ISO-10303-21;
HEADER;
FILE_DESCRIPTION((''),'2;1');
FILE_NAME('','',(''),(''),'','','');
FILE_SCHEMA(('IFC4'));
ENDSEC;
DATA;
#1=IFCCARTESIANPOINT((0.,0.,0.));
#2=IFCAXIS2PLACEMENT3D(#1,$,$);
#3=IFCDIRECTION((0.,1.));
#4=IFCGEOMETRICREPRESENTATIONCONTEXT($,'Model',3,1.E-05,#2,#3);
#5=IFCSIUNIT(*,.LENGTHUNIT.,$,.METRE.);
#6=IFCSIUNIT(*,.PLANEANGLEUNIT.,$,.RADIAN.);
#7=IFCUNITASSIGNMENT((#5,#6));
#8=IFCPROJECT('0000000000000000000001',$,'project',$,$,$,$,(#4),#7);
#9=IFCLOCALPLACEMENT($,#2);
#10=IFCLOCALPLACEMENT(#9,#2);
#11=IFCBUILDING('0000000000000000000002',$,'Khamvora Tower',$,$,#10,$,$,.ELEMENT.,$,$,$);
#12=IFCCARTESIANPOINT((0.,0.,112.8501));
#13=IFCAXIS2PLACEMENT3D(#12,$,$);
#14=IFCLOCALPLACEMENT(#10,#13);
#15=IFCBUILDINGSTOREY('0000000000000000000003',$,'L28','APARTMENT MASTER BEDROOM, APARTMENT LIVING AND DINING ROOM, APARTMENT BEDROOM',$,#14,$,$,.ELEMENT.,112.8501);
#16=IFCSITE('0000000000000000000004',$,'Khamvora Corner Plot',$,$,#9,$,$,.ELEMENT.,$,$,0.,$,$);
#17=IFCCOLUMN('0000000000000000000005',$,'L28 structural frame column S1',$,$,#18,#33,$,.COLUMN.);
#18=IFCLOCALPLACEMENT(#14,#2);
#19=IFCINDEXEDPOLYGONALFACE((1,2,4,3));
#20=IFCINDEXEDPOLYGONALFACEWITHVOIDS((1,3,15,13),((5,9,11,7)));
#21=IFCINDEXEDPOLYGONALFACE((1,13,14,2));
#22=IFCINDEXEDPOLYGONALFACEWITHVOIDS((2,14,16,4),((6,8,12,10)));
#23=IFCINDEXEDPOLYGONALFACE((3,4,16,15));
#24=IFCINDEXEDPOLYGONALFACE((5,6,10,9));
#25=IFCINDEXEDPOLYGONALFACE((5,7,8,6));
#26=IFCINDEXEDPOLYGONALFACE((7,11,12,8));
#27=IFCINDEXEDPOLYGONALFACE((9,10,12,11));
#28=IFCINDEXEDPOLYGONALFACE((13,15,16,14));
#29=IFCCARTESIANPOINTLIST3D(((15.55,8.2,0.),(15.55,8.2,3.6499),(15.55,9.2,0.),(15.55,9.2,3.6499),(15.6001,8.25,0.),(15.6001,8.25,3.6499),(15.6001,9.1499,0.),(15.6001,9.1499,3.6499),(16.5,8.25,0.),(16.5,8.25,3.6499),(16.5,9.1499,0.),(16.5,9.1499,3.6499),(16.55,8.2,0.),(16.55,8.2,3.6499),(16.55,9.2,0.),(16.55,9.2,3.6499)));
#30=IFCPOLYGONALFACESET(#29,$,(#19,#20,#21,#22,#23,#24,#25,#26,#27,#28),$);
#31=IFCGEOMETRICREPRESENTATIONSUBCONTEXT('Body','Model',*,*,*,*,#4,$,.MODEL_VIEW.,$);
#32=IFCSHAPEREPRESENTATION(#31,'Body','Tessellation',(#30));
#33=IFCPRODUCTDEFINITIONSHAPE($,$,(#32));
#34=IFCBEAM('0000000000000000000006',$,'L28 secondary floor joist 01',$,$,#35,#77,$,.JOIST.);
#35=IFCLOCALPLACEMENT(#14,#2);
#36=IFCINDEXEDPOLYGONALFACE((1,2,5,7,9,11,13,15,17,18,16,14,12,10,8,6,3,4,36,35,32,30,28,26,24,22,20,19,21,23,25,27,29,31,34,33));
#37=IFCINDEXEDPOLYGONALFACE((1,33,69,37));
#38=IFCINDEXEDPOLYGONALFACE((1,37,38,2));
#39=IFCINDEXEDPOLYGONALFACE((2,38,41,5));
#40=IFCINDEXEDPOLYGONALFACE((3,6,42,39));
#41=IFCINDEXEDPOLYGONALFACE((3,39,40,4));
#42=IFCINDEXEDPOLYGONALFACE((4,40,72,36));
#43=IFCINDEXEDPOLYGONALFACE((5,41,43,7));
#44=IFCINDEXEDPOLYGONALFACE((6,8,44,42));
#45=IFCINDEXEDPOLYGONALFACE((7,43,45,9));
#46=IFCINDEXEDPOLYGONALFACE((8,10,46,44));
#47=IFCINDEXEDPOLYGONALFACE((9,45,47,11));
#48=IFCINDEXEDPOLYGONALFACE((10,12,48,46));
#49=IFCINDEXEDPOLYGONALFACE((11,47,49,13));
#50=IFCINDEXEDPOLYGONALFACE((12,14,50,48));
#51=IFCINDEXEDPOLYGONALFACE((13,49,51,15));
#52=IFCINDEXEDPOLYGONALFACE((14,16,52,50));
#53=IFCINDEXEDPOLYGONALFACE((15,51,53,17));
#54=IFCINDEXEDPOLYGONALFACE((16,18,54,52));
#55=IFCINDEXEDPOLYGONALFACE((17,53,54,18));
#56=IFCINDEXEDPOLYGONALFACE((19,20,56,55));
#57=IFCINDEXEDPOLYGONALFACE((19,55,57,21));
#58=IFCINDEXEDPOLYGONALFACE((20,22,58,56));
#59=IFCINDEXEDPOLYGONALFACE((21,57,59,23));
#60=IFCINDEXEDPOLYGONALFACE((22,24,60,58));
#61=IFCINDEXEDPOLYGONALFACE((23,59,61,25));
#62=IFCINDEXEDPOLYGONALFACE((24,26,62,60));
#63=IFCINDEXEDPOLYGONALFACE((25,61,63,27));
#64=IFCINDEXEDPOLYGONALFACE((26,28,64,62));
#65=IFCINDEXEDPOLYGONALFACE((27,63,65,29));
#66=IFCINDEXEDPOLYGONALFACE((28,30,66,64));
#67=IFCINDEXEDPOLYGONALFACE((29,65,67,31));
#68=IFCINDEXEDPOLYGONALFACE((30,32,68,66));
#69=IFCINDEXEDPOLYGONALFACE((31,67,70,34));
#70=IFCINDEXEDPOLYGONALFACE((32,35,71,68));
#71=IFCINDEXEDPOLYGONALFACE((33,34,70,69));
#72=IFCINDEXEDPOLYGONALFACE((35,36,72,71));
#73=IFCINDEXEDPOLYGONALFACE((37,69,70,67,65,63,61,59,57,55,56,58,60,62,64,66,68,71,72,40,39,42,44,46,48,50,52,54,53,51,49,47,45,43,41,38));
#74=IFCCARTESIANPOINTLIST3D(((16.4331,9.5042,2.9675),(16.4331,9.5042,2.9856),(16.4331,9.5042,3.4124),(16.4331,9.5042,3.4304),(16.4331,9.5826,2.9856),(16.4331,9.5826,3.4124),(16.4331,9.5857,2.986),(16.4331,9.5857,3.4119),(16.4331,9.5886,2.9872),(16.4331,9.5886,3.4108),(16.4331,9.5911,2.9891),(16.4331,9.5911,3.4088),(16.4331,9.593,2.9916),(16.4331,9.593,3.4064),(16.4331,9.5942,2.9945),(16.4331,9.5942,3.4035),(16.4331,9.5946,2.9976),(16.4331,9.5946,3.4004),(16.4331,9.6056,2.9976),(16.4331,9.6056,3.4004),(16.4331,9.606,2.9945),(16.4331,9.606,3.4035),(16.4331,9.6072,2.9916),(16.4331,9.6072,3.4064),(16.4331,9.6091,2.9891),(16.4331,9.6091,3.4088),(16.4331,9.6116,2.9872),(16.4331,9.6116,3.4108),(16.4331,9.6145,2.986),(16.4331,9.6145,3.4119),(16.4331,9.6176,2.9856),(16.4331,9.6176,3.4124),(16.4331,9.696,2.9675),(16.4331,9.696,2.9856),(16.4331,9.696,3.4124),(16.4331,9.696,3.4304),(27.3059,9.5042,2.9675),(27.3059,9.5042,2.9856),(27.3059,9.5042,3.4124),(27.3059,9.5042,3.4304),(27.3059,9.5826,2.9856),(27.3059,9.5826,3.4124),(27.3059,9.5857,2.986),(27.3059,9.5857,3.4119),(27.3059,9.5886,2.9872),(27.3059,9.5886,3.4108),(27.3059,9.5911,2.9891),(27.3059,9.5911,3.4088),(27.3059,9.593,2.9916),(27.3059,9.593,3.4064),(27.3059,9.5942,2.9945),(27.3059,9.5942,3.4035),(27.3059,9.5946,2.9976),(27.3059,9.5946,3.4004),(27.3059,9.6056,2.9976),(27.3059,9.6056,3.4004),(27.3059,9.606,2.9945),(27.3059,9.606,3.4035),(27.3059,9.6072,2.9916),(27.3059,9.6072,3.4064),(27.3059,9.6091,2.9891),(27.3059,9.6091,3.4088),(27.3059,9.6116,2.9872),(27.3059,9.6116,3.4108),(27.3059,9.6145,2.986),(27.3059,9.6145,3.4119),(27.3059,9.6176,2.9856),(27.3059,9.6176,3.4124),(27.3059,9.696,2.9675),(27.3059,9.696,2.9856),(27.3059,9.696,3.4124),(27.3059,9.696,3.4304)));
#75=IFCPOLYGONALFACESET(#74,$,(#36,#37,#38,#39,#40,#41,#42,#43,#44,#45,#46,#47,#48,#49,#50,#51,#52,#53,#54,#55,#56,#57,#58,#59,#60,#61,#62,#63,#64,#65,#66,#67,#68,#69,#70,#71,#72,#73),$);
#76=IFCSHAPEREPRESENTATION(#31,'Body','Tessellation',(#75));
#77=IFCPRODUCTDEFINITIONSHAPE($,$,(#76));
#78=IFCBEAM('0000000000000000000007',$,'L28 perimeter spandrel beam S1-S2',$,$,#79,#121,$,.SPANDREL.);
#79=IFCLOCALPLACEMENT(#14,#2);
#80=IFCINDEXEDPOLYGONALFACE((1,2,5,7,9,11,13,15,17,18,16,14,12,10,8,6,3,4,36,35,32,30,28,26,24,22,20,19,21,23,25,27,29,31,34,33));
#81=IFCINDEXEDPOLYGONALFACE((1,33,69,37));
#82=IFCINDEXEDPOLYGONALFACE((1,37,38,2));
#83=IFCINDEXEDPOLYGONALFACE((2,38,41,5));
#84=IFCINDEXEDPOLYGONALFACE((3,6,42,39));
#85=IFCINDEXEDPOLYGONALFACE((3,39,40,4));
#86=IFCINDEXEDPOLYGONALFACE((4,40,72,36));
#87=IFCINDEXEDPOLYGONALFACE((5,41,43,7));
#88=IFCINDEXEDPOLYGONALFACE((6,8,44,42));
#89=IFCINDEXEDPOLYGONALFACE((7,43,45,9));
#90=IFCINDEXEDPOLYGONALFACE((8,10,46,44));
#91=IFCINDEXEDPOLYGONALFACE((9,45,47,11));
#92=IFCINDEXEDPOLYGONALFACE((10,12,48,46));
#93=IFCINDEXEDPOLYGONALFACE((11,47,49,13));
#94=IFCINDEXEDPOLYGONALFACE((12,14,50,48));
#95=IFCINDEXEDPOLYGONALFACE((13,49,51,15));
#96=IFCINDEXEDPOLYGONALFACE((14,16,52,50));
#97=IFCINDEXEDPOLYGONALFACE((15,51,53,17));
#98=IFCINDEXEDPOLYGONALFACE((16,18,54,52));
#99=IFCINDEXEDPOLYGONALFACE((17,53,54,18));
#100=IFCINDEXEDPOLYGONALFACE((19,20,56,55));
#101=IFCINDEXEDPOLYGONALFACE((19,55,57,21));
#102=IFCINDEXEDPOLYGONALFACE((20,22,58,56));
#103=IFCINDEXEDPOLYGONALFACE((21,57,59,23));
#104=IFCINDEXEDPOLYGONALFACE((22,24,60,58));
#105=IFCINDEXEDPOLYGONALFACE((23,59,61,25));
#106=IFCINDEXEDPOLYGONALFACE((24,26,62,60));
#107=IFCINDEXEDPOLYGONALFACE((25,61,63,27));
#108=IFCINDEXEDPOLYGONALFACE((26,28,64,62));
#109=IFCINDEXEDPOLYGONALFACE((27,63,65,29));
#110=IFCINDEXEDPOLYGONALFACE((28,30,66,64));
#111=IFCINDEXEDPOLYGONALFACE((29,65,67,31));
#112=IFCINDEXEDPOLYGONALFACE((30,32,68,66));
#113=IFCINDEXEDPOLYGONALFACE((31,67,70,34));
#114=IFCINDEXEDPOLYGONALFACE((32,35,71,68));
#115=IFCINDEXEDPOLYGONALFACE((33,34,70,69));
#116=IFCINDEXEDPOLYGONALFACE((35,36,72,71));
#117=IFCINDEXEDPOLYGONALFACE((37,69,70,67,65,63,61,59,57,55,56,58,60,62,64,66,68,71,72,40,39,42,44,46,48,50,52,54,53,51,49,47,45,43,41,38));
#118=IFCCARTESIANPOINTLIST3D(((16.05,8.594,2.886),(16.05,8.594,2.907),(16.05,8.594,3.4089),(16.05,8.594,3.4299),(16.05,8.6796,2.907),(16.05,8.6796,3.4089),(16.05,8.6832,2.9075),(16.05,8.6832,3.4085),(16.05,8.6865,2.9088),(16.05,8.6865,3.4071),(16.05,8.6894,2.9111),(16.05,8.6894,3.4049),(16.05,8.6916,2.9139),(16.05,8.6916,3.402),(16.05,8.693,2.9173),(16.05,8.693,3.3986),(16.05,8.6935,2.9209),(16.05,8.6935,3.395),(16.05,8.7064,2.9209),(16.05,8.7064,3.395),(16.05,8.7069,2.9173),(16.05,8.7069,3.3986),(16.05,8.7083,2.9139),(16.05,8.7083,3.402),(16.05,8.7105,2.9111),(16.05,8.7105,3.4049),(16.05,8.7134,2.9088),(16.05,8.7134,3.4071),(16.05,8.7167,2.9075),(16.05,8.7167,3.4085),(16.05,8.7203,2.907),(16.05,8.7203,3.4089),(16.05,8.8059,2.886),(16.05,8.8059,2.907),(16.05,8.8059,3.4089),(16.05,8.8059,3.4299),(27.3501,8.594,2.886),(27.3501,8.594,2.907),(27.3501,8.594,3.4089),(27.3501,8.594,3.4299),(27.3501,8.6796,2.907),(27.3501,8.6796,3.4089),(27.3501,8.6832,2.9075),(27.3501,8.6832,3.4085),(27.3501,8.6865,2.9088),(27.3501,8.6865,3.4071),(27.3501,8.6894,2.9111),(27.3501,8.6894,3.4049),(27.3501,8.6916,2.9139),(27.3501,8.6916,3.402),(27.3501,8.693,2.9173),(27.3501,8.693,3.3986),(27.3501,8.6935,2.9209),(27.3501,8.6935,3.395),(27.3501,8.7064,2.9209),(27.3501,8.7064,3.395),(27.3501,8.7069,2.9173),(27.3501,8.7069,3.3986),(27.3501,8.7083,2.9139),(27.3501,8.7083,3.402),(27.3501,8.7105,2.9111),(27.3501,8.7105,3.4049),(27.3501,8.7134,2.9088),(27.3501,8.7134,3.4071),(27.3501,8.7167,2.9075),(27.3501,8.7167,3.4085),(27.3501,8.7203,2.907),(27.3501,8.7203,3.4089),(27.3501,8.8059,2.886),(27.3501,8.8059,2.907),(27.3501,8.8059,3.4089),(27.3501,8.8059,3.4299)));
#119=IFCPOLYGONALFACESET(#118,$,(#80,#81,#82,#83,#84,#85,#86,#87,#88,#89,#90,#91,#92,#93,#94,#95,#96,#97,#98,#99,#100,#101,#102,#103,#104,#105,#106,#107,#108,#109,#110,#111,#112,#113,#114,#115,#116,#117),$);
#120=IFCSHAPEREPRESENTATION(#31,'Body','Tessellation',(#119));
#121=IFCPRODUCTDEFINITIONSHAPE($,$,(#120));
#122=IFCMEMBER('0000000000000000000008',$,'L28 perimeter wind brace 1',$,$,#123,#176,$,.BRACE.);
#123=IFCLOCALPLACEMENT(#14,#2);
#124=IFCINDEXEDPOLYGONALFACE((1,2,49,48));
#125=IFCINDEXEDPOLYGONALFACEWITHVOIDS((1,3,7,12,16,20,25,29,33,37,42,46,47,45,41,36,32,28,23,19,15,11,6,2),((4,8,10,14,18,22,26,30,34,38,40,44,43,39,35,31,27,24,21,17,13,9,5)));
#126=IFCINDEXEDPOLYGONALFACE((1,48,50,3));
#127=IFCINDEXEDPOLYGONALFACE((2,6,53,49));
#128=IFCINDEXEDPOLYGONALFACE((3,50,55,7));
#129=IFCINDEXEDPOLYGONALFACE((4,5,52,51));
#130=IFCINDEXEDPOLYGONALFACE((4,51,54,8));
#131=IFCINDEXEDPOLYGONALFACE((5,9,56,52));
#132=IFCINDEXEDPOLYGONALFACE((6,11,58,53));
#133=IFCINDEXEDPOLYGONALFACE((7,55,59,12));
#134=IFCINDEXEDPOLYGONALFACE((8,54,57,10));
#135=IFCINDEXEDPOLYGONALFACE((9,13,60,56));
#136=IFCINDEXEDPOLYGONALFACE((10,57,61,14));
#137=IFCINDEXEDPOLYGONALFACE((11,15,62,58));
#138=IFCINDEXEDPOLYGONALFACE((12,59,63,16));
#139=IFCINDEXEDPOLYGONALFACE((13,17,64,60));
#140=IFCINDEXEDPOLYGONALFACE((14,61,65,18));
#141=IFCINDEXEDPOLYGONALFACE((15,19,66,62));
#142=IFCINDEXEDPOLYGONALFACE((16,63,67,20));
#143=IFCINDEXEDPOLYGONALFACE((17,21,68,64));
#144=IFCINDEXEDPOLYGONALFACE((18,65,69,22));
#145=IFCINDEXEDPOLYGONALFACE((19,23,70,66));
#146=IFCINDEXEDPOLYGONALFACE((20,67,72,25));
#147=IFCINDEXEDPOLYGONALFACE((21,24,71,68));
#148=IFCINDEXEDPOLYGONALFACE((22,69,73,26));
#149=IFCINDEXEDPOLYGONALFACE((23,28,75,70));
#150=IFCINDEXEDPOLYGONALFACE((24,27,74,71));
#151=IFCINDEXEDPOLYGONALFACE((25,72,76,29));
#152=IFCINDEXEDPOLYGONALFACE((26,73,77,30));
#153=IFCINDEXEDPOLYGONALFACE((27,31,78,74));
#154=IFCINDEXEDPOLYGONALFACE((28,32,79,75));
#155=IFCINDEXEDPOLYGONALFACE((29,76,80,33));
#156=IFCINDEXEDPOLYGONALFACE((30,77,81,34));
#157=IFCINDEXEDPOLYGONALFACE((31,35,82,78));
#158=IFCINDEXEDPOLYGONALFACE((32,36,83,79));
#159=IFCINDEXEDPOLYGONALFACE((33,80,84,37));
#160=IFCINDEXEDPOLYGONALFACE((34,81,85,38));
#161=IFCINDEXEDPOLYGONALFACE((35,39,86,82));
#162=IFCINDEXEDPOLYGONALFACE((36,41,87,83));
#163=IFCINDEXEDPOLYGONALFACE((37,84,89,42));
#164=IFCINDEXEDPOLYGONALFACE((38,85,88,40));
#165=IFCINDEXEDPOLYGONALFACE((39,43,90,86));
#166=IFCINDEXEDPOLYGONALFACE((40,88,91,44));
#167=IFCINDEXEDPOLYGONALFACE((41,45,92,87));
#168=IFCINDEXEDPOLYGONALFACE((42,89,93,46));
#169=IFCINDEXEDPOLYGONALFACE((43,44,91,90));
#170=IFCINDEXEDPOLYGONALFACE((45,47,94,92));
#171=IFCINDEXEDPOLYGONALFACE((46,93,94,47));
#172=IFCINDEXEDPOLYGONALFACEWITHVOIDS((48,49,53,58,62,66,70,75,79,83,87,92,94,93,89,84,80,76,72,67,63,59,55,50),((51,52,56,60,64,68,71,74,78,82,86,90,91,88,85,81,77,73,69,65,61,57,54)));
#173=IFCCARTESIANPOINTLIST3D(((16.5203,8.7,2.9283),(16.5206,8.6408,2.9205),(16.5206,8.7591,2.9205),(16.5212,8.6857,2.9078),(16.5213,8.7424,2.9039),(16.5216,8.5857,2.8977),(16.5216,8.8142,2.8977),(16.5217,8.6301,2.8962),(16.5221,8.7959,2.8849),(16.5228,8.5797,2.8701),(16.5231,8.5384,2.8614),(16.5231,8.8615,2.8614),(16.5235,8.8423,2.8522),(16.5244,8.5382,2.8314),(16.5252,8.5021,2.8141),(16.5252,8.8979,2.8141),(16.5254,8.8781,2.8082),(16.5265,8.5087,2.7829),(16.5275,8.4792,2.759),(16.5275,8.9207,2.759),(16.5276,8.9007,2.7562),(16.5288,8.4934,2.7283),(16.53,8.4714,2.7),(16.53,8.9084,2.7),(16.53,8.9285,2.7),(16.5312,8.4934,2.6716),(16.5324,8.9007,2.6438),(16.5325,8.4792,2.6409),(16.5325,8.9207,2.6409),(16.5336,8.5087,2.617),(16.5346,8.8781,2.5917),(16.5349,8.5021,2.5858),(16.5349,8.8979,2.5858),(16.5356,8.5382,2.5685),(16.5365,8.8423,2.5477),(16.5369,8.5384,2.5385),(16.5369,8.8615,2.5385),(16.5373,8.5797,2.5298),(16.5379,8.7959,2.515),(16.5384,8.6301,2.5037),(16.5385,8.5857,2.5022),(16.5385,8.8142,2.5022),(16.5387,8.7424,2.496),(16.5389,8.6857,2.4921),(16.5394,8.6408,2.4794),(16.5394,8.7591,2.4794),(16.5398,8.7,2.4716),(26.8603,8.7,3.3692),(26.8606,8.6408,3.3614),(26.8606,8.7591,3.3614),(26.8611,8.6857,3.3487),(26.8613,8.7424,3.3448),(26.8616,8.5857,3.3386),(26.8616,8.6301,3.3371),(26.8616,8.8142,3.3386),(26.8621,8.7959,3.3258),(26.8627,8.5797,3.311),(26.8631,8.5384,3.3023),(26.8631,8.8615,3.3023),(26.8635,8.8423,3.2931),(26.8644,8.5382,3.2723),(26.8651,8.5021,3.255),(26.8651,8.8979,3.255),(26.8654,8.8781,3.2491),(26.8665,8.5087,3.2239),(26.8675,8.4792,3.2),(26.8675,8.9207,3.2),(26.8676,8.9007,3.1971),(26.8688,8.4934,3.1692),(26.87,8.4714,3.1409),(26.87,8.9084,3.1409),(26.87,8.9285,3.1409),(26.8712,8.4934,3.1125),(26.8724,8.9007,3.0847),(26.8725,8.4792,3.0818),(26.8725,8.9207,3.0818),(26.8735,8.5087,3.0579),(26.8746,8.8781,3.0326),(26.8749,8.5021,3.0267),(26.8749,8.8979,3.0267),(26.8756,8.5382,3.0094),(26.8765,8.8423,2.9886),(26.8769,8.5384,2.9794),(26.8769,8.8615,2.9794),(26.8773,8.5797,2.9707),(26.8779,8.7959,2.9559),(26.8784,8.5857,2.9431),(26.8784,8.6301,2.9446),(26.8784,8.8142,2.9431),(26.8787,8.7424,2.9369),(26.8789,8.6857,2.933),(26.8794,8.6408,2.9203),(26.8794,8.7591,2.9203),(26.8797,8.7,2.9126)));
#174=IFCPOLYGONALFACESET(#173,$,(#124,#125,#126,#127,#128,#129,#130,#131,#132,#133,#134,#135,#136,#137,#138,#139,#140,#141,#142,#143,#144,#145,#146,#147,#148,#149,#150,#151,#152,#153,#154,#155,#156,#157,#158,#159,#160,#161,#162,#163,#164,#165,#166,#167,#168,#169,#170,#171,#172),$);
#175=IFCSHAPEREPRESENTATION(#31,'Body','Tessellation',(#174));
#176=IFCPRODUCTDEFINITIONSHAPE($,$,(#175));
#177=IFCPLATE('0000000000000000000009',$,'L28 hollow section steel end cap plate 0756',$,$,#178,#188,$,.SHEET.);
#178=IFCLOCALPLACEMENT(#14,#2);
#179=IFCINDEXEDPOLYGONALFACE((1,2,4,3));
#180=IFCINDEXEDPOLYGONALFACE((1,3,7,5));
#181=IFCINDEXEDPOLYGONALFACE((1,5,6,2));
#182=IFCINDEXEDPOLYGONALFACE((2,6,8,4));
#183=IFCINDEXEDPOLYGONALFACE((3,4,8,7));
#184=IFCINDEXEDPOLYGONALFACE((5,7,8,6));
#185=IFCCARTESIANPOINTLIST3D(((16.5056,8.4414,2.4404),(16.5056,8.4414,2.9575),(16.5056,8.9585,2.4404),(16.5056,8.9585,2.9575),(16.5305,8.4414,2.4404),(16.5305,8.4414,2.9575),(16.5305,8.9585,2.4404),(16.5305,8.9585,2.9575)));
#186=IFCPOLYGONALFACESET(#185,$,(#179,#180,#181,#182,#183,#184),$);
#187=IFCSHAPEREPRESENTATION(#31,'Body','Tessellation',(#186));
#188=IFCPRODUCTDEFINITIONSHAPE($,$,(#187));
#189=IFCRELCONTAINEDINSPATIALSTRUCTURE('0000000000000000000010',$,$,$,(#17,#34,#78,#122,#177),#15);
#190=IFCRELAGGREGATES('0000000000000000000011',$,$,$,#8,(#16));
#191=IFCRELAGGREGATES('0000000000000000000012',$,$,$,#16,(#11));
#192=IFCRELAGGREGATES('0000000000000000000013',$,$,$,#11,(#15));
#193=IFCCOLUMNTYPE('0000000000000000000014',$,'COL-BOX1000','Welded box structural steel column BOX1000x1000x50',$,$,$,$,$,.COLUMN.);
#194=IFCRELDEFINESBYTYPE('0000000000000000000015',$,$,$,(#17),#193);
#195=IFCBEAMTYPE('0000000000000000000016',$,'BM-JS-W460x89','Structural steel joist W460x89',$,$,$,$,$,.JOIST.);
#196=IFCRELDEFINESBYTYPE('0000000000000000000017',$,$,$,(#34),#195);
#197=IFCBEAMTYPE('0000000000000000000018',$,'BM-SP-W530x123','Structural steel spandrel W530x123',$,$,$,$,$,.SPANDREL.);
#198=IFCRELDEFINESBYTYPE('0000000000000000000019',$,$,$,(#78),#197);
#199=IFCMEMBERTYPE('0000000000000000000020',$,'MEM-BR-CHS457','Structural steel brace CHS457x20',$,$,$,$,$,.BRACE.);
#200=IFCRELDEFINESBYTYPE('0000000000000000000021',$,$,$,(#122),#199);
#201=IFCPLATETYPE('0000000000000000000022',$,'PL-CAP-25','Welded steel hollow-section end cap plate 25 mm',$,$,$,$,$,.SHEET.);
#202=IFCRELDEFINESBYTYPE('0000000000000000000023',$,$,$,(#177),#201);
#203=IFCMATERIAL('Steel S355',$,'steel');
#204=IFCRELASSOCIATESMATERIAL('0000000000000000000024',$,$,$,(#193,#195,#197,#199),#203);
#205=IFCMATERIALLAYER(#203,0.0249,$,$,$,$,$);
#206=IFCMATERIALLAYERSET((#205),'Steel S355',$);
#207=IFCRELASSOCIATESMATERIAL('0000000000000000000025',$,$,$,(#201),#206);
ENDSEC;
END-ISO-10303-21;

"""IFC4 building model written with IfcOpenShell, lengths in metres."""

from ifc_helpers import new_model, si_unit, direction, frame, origin, origin_2d, place, context, subcontext, project, spatial, rectangle, hollow_rectangle, hollow_circle, i_section, extrude, material, layer, layer_set, material_profile, profile_set, type_object, element, save


model = new_model("IFC4")

# Units and contexts
model_context = context("Model", 3, precision=1e-05, world=origin(), true_north=direction((0.0, 1.0)))
body_context = subcontext(model_context, "Body", "Model", "MODEL_VIEW")
ifc_project = project(units=[si_unit("LENGTHUNIT", "METRE"), si_unit("PLANEANGLEUNIT", "RADIAN")], contexts=[model_context])

# Site, building, storey
site_placement = place(None, origin())
site = spatial("IfcSite", under=ifc_project, at=site_placement, Name="Khamvora Corner Plot", CompositionType="ELEMENT", RefElevation=0.0)
building_placement = place(site_placement, origin())
building = spatial("IfcBuilding", under=site, at=building_placement, Name="Khamvora Tower", CompositionType="ELEMENT")
storey_placement = place(building_placement, frame((0.0, 0.0, 112.8501)))
storey = spatial("IfcBuildingStorey", under=building, at=storey_placement, Name="L28", Description="APARTMENT MASTER BEDROOM, APARTMENT LIVING AND DINING ROOM, APARTMENT BEDROOM", CompositionType="ELEMENT", Elevation=112.8501)

# Column
ifc_material_1 = material(Name="Steel S355", Category="steel")
ifc_material_profile_1 = material_profile(ifc_material_1, hollow_rectangle(XDim=1.0, YDim=1.0, WallThickness=0.05, at=origin_2d()), Name="BOX1000x1000x50")
ifc_profile_set_1 = profile_set([ifc_material_profile_1], Name="Steel S355")
column_type = type_object("IfcColumnType", Name="COL-BOX1000", Description="Welded box structural steel column BOX1000x1000x50", PredefinedType="COLUMN", material=ifc_profile_set_1)
column_placement = place(storey_placement, frame((16.05, 8.7, 0.0), z_axis=(0.0, 0.0, 1.0), x_axis=(1.0, 0.0, 0.0)))
element("IfcColumn", 1, at=column_placement, inside=storey, type_object=column_type, Name="L28 structural frame column S1", PredefinedType="COLUMN", context=body_context, shape_type="SweptSolid", body=[
    extrude(hollow_rectangle(XDim=1.0, YDim=1.0, WallThickness=0.05, at=origin_2d()), origin(), (0.0, 0.0, 1.0), 3.6499),
])

# Beams
ifc_material_profile_2 = material_profile(ifc_material_1, i_section(OverallWidth=0.1919, OverallDepth=0.4629, WebThickness=0.011, FlangeThickness=0.0181, FilletRadius=0.012, at=origin_2d()), Name="W460x89")
ifc_profile_set_2 = profile_set([ifc_material_profile_2], Name="Steel S355")
beam_type_1 = type_object("IfcBeamType", Name="BM-JS-W460x89", Description="Structural steel joist W460x89", PredefinedType="JOIST", material=ifc_profile_set_2)
beam_1_placement = place(storey_placement, frame((16.4331, 9.6001, 3.199), z_axis=(1.0, 0.0, 0.0), x_axis=(0.0, 1.0, 0.0)))
element("IfcBeam", 2, at=beam_1_placement, inside=storey, type_object=beam_type_1, Name="L28 secondary floor joist 01", PredefinedType="JOIST", context=body_context, shape_type="SweptSolid", body=[
    extrude(i_section(OverallWidth=0.1919, OverallDepth=0.4629, WebThickness=0.011, FlangeThickness=0.0181, FilletRadius=0.012, at=origin_2d()), origin(), (0.0, 0.0, 1.0), 10.8728),
])
ifc_material_profile_3 = material_profile(ifc_material_1, i_section(OverallWidth=0.2119, OverallDepth=0.5439, WebThickness=0.0129, FlangeThickness=0.021, FilletRadius=0.0139, at=origin_2d()), Name="W530x123")
ifc_profile_set_3 = profile_set([ifc_material_profile_3], Name="Steel S355")
beam_type_2 = type_object("IfcBeamType", Name="BM-SP-W530x123", Description="Structural steel spandrel W530x123", PredefinedType="SPANDREL", material=ifc_profile_set_3)
beam_2_placement = place(storey_placement, frame((16.05, 8.7, 3.158), z_axis=(1.0, 0.0, 0.0), x_axis=(0.0, 1.0, 0.0)))
element("IfcBeam", 3, at=beam_2_placement, inside=storey, type_object=beam_type_2, Name="L28 perimeter spandrel beam S1-S2", PredefinedType="SPANDREL", context=body_context, shape_type="SweptSolid", body=[
    extrude(i_section(OverallWidth=0.2119, OverallDepth=0.5439, WebThickness=0.0129, FlangeThickness=0.021, FilletRadius=0.0139, at=origin_2d()), origin(), (0.0, 0.0, 1.0), 11.3),
])

# Member
ifc_material_profile_4 = material_profile(ifc_material_1, hollow_circle(Radius=0.2285, WallThickness=0.02, at=origin_2d()), Name="CHS457x20")
ifc_profile_set_4 = profile_set([ifc_material_profile_4], Name="Steel S355")
member_type = type_object("IfcMemberType", Name="MEM-BR-CHS457", Description="Structural steel brace CHS457x20", PredefinedType="BRACE", material=ifc_profile_set_4)
member_placement = place(storey_placement, frame((16.53, 8.7, 2.7), z_axis=(0.999092, 0.0, 0.042603), x_axis=(0.0, 1.0, 0.0)))
element("IfcMember", 4, at=member_placement, inside=storey, type_object=member_type, Name="L28 perimeter wind brace 1", PredefinedType="BRACE", context=body_context, shape_type="SweptSolid", body=[
    extrude(hollow_circle(Radius=0.2285, WallThickness=0.02, at=origin_2d()), origin(), (0.0, 0.0, 1.0), 10.3494),
])

# Plate
ifc_layer_1 = layer(ifc_material_1, 0.0249)
ifc_layer_set_1 = layer_set([ifc_layer_1], Name="Steel S355")
plate_type_1 = type_object("IfcPlateType", Name="PL-CAP-25", Description="Welded steel hollow-section end cap plate 25 mm", PredefinedType="SHEET", material=ifc_layer_set_1)
plate_1_placement = place(storey_placement, frame((16.5181, 8.7, 2.4404), z_axis=(0.0, 0.0, 1.0), x_axis=(1.0, 0.0, 0.0)))
element("IfcPlate", 5, at=plate_1_placement, inside=storey, type_object=plate_type_1, Name="L28 hollow section steel end cap plate 0756", PredefinedType="SHEET", context=body_context, shape_type="SweptSolid", body=[
    extrude(rectangle(XDim=0.0249, YDim=0.5171, at=origin_2d()), origin(), (0.0, 0.0, 1.0), 0.5171),
])

save(model, "model.ifc")
